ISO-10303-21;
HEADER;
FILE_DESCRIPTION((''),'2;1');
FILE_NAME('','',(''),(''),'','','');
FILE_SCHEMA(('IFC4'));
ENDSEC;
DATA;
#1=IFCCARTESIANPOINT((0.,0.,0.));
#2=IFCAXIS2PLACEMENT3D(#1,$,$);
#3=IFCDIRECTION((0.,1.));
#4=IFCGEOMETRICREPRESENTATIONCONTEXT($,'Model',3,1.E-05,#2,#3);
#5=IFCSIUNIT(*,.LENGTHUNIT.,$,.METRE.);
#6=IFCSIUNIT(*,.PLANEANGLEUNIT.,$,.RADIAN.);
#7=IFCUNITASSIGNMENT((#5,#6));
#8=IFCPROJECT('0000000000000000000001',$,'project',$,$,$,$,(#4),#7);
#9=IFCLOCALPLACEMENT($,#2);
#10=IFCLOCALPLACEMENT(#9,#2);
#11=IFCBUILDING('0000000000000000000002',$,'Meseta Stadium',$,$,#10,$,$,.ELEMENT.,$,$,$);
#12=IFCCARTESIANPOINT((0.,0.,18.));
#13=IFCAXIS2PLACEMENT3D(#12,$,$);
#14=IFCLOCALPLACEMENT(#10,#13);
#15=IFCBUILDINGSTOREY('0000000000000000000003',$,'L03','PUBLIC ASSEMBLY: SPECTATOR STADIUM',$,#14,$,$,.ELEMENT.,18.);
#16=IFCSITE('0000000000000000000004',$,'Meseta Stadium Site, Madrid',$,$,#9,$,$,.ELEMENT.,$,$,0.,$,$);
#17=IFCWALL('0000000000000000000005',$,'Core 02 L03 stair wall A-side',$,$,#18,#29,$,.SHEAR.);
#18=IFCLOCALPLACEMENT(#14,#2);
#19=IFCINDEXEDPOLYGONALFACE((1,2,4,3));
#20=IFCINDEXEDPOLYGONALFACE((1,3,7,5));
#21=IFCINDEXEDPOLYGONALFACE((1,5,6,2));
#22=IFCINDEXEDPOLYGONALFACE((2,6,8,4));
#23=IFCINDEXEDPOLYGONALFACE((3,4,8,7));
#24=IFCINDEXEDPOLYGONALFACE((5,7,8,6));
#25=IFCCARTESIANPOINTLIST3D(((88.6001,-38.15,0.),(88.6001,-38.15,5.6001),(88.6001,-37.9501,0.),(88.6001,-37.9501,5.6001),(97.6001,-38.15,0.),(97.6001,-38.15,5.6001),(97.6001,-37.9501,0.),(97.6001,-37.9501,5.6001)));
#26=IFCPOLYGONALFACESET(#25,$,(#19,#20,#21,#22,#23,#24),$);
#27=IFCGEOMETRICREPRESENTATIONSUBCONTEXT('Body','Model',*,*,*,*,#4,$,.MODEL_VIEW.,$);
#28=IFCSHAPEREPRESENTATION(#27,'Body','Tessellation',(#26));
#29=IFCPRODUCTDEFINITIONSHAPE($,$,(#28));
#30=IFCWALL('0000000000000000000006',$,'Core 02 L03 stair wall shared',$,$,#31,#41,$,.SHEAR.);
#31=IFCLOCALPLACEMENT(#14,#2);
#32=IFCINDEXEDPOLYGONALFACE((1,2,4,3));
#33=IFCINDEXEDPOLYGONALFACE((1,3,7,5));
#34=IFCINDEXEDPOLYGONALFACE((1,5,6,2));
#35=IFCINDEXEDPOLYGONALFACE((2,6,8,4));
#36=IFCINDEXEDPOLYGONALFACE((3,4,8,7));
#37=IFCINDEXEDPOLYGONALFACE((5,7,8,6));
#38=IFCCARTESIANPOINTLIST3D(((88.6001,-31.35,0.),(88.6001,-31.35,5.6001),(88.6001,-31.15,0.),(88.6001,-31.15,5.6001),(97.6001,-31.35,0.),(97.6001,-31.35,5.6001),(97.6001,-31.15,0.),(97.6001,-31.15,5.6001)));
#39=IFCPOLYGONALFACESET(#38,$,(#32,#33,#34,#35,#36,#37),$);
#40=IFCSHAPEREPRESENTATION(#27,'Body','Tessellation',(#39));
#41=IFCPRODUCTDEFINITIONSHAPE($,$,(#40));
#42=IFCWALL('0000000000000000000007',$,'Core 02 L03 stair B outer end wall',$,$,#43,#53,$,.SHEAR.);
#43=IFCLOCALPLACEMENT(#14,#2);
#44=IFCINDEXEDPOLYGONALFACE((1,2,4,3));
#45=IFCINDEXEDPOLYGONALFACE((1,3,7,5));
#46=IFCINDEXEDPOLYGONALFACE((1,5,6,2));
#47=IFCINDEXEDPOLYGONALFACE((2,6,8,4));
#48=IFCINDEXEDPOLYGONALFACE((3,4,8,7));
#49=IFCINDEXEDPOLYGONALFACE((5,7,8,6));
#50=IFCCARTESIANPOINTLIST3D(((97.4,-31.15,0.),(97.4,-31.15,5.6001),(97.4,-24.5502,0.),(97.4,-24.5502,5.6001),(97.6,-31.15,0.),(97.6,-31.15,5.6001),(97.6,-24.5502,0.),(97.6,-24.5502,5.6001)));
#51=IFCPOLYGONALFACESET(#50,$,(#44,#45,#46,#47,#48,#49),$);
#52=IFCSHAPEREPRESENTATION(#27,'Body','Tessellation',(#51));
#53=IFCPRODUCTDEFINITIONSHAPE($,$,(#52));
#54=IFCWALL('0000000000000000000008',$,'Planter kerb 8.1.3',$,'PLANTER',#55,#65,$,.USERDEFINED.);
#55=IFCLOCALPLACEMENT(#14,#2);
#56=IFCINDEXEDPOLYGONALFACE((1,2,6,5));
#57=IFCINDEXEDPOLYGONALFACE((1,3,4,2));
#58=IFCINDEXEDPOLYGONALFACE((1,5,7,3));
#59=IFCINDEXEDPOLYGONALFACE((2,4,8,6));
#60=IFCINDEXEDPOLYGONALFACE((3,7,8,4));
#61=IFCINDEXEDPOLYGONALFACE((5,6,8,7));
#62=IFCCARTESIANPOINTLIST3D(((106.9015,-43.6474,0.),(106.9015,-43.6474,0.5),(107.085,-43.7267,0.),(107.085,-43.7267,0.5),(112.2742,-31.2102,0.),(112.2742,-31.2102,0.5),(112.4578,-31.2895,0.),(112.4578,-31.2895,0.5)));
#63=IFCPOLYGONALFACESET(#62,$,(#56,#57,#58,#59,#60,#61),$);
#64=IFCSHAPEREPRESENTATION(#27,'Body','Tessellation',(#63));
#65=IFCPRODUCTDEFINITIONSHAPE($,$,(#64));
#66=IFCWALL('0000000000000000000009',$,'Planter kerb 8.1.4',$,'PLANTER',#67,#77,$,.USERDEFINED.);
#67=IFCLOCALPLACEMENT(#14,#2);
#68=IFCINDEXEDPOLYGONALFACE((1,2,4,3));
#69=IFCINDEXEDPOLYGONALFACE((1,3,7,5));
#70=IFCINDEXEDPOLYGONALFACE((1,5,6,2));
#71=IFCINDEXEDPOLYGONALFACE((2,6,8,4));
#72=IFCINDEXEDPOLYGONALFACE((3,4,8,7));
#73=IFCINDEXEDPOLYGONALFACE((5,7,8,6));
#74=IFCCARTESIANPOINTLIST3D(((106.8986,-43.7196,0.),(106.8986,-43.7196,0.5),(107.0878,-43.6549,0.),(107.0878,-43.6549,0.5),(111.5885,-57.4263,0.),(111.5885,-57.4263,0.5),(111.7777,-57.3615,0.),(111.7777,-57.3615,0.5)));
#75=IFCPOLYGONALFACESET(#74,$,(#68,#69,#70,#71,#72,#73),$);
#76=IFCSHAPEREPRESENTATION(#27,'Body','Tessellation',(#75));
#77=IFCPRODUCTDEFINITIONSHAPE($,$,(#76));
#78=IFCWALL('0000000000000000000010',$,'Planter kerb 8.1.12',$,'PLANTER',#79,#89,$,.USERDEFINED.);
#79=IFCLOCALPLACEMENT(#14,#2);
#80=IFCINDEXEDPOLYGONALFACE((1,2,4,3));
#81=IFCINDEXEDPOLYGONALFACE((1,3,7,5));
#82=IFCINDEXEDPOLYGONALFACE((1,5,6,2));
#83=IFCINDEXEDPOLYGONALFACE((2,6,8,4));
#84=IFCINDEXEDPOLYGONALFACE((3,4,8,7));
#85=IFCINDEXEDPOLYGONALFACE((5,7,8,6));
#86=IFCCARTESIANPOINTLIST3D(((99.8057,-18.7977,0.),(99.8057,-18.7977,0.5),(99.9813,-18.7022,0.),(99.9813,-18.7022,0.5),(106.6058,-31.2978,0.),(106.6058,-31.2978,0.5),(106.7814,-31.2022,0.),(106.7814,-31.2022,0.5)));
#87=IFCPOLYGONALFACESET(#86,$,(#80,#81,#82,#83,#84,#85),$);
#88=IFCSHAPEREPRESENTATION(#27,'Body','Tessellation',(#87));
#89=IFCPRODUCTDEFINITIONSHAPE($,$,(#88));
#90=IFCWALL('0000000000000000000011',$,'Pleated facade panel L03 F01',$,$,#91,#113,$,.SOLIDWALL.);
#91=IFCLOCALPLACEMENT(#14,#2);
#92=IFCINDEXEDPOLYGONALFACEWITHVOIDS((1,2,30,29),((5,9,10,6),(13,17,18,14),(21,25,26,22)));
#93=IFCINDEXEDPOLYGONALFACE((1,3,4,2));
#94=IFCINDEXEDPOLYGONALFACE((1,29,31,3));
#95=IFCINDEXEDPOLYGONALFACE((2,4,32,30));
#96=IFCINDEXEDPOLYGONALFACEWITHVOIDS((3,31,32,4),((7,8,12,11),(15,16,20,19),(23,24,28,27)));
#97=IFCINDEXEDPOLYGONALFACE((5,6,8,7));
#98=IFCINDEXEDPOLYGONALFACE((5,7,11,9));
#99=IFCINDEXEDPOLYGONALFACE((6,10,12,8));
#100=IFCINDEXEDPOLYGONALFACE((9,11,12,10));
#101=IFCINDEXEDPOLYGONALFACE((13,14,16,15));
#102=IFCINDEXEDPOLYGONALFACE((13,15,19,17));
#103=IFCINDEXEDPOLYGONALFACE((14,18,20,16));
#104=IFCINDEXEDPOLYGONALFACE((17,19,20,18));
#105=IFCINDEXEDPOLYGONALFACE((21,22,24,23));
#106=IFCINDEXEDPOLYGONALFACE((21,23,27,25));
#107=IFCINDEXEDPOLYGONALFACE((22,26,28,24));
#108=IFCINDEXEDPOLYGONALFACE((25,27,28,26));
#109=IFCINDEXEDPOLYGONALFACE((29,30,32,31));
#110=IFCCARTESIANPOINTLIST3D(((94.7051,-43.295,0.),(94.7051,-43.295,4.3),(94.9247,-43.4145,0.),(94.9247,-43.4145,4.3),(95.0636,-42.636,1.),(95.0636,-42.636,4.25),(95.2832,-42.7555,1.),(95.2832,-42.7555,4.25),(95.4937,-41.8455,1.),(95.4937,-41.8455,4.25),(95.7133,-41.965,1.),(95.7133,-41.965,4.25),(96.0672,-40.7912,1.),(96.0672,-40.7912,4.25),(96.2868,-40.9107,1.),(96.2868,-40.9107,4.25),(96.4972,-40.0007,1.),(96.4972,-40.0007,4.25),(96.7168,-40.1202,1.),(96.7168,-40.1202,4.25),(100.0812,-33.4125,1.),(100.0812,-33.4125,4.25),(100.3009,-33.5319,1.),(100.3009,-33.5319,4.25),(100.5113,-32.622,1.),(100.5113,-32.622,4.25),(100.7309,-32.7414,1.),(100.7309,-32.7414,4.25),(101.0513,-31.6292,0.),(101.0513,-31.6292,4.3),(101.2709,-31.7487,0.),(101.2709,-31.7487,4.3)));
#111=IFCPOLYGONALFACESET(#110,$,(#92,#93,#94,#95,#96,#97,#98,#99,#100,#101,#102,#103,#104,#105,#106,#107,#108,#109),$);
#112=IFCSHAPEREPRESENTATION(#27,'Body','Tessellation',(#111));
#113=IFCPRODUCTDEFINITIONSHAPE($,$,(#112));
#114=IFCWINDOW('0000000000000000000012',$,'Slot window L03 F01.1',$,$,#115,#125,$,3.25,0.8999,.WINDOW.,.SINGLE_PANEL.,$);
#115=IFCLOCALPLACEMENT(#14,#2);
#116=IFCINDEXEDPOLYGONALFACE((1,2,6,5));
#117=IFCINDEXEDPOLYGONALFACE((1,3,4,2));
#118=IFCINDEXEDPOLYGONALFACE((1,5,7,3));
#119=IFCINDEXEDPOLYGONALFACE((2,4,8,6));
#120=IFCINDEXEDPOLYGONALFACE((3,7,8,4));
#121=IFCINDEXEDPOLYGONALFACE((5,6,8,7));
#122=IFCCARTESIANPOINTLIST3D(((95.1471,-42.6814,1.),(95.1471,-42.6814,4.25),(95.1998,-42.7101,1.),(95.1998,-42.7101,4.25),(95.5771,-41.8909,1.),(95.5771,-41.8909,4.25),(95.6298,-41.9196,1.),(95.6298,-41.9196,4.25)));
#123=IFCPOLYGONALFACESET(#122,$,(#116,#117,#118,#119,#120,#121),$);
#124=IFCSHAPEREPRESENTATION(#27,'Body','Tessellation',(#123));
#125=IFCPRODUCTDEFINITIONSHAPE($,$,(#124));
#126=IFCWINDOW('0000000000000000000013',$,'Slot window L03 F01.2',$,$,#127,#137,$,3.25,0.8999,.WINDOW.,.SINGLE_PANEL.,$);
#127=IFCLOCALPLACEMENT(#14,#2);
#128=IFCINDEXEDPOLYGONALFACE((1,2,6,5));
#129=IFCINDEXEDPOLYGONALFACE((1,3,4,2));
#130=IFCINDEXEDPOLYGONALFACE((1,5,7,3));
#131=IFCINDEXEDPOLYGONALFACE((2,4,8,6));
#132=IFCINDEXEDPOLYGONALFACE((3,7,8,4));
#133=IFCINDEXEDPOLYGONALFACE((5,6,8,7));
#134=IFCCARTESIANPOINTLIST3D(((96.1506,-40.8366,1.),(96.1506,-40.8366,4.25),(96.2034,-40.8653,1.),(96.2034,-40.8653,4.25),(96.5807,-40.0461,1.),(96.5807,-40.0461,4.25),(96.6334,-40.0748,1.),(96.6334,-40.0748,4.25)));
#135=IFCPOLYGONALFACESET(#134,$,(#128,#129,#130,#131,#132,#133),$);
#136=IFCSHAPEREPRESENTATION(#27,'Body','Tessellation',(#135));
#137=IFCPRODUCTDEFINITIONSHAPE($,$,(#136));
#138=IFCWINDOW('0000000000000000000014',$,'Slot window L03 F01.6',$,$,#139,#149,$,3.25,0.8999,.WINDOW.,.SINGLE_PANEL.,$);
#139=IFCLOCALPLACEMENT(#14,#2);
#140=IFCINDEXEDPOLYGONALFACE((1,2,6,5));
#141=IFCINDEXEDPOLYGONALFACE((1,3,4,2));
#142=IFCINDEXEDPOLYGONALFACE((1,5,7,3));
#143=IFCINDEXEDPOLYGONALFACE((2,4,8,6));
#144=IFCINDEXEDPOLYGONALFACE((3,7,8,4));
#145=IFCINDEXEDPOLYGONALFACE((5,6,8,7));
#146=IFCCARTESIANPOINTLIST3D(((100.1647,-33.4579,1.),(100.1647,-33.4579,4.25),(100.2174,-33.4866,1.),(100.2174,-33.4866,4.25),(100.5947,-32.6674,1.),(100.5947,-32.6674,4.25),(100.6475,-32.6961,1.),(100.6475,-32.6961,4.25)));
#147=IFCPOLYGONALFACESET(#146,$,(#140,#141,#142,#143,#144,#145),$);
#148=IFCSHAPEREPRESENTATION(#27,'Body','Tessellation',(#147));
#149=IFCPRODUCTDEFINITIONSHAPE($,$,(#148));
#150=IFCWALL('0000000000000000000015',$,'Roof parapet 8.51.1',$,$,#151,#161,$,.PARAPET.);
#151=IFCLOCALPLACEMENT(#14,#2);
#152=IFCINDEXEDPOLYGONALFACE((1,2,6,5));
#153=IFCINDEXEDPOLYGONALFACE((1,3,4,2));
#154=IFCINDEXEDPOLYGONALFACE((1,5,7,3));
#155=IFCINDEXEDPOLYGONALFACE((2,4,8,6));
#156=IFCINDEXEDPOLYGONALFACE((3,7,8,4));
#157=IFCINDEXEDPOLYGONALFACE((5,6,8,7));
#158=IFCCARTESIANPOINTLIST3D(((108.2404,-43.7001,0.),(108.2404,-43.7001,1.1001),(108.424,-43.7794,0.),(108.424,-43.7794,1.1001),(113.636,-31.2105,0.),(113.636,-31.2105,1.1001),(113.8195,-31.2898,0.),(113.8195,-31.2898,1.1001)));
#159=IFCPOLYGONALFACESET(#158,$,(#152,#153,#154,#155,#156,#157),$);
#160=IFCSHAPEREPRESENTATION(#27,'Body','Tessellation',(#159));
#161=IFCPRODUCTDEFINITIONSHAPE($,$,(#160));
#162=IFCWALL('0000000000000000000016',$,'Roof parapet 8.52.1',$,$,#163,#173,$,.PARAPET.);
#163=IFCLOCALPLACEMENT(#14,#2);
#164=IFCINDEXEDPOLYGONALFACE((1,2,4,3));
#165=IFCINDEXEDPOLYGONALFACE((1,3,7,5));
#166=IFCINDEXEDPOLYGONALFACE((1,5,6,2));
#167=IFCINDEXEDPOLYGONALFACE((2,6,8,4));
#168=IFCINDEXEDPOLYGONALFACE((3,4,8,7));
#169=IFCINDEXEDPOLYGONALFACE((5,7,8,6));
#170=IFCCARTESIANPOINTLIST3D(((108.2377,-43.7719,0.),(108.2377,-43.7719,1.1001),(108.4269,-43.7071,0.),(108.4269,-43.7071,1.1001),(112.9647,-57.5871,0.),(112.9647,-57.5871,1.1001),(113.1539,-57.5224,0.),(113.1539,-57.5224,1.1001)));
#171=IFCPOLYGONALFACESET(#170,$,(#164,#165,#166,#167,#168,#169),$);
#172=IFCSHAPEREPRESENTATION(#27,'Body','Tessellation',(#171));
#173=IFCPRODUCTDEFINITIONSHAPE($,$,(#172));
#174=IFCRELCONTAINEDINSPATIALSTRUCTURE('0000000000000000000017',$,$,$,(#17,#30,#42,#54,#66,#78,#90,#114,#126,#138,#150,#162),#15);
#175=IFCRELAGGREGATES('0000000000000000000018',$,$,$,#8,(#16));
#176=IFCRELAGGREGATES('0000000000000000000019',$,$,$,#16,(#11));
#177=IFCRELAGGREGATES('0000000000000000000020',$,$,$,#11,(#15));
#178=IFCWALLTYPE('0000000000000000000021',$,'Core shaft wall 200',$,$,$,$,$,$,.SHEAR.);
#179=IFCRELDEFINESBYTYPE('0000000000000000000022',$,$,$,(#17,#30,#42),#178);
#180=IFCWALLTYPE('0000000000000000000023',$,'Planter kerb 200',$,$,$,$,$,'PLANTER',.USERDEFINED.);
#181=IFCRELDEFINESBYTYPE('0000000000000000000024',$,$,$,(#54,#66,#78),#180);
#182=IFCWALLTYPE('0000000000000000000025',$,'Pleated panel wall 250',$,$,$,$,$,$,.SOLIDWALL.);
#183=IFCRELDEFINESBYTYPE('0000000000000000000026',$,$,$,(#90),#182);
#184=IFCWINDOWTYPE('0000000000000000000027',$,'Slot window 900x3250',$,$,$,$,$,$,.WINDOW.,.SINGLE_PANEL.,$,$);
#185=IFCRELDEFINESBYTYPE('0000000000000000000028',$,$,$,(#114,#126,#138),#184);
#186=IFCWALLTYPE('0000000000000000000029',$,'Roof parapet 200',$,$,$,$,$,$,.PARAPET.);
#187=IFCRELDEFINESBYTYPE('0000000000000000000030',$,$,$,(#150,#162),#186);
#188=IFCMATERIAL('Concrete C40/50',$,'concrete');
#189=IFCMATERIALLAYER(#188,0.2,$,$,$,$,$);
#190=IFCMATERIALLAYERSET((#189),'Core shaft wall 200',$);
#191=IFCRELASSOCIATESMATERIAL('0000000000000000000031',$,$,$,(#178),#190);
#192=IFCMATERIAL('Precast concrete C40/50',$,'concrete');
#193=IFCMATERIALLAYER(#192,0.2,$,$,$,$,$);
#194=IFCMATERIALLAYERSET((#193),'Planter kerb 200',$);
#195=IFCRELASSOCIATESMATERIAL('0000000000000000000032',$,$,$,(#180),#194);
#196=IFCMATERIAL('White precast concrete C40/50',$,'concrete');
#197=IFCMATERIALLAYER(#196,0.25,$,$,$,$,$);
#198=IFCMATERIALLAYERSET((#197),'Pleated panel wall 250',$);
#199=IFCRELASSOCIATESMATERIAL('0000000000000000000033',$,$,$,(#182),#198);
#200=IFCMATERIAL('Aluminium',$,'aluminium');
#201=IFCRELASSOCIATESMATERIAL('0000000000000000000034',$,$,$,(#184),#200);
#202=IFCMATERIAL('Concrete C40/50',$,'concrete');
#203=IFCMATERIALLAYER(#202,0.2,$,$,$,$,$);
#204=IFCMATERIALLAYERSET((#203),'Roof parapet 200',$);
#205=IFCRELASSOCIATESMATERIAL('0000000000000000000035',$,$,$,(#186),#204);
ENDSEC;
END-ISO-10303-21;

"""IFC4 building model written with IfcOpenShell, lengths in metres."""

from ifc_helpers import new_model, si_unit, direction, frame, frame_2d, origin, place, context, subcontext, project, spatial, rectangle, extrude, material, layer, layer_set, type_object, element, fill, save


model = new_model("IFC4")

# Units and contexts
model_context = context("Model", 3, precision=1e-05, world=origin(), true_north=direction((0.0, 1.0)))
body_context = subcontext(model_context, "Body", "Model", "MODEL_VIEW")
ifc_project = project(units=[si_unit("LENGTHUNIT", "METRE"), si_unit("PLANEANGLEUNIT", "RADIAN")], contexts=[model_context])

# Site, building, storey
site_placement = place(None, origin())
site = spatial("IfcSite", under=ifc_project, at=site_placement, Name="Meseta Stadium Site, Madrid", CompositionType="ELEMENT", RefElevation=0.0)
building_placement = place(site_placement, origin())
building = spatial("IfcBuilding", under=site, at=building_placement, Name="Meseta Stadium", CompositionType="ELEMENT")
storey_placement = place(building_placement, frame((0.0, 0.0, 18.0)))
storey = spatial("IfcBuildingStorey", under=building, at=storey_placement, Name="L03", Description="PUBLIC ASSEMBLY: SPECTATOR STADIUM", CompositionType="ELEMENT", Elevation=18.0)

# Walls
ifc_material_1 = material(Name="Concrete C40/50", Category="concrete")
ifc_layer_1 = layer(ifc_material_1, 0.2)
ifc_layer_set_1 = layer_set([ifc_layer_1], Name="Core shaft wall 200")
wall_type_1 = type_object("IfcWallType", Name="Core shaft wall 200", PredefinedType="SHEAR", material=ifc_layer_set_1)
for number, where, z_axis, x_axis, name in (
    (1, (97.6001, -38.05, 0.0), (0.0, 0.0, 1.0), (-1.0, 0.0, 0.0), "Core 02 L03 stair wall A-side"),
    (2, (97.6001, -31.25, 0.0), (0.0, 0.0, 1.0), (-1.0, 0.0, 0.0), "Core 02 L03 stair wall shared"),
):
    element("IfcWall", number, at=place(storey_placement, frame(where, z_axis=z_axis, x_axis=x_axis)), inside=storey, type_object=wall_type_1, Name=name, PredefinedType="SHEAR", context=body_context, shape_type="SweptSolid", body=[
        extrude(rectangle(XDim=9.0, YDim=0.2, at=frame_2d((4.5, 0.0))), origin(), (0.0, 0.0, 1.0), 5.6001),
    ])
wall_1_placement = place(storey_placement, frame((97.5, -31.1499, 0.0), z_axis=(0.0, 0.0, 1.0), x_axis=(0.0, 1.0, 0.0)))
element("IfcWall", 3, at=wall_1_placement, inside=storey, type_object=wall_type_1, Name="Core 02 L03 stair B outer end wall", PredefinedType="SHEAR", context=body_context, shape_type="SweptSolid", body=[
    extrude(rectangle(XDim=6.5999, YDim=0.2, at=frame_2d((3.2998, 0.0))), origin(), (0.0, 0.0, 1.0), 5.6001),
])
ifc_material_2 = material(Name="Precast concrete C40/50", Category="concrete")
ifc_layer_2 = layer(ifc_material_2, 0.2)
ifc_layer_set_2 = layer_set([ifc_layer_2], Name="Planter kerb 200")
wall_type_2 = type_object("IfcWallType", Name="Planter kerb 200", ElementType="PLANTER", PredefinedType="USERDEFINED", material=ifc_layer_set_2)
wall_2_placement = place(storey_placement, frame((112.366, -31.25, 0.0), z_axis=(0.0, 0.0, 1.0), x_axis=(-0.396571, -0.918004, 0.0)))
element("IfcWall", 4, at=wall_2_placement, inside=storey, type_object=wall_type_2, Name="Planter kerb 8.1.3", ObjectType="PLANTER", PredefinedType="USERDEFINED", context=body_context, shape_type="SweptSolid", body=[
    extrude(rectangle(XDim=13.5481, YDim=0.2, at=frame_2d((6.7739, 0.0))), origin(), (0.0, 0.0, 1.0), 0.5),
])
wall_3_placement = place(storey_placement, frame((106.9932, -43.6873, 0.0), z_axis=(0.0, 0.0, 1.0), x_axis=(0.323741, -0.946146, 0.0)))
element("IfcWall", 5, at=wall_3_placement, inside=storey, type_object=wall_type_2, Name="Planter kerb 8.1.4", ObjectType="PLANTER", PredefinedType="USERDEFINED", context=body_context, shape_type="SweptSolid", body=[
    extrude(rectangle(XDim=14.4868, YDim=0.2, at=frame_2d((7.2434, 0.0))), origin(), (0.0, 0.0, 1.0), 0.5),
])
wall_4_placement = place(storey_placement, frame((106.6936, -31.25, 0.0), z_axis=(0.0, 0.0, 1.0), x_axis=(-0.47787, 0.878431, 0.0)))
element("IfcWall", 6, at=wall_4_placement, inside=storey, type_object=wall_type_2, Name="Planter kerb 8.1.12", ObjectType="PLANTER", PredefinedType="USERDEFINED", context=body_context, shape_type="SweptSolid", body=[
    extrude(rectangle(XDim=14.23, YDim=0.2, at=frame_2d((7.115, 0.0))), origin(), (0.0, 0.0, 1.0), 0.5),
])

# Wall, openings, windows
ifc_material_3 = material(Name="White precast concrete C40/50", Category="concrete")
ifc_layer_3 = layer(ifc_material_3, 0.25)
ifc_layer_set_3 = layer_set([ifc_layer_3], Name="Pleated panel wall 250")
wall_type_3 = type_object("IfcWallType", Name="Pleated panel wall 250", PredefinedType="SOLIDWALL", material=ifc_layer_set_3)
wall_5_placement = place(storey_placement, frame((101.1611, -31.689, 0.0), z_axis=(0.0, 0.0, 1.0), x_axis=(-0.477868, -0.878432, 0.0)))
wall_5 = element("IfcWall", 7, at=wall_5_placement, inside=storey, type_object=wall_type_3, Name="Pleated facade panel L03 F01", PredefinedType="SOLIDWALL", context=body_context, shape_type="SweptSolid", body=[
    extrude(rectangle(XDim=13.2803, YDim=0.25, at=frame_2d((6.6401, 0.0))), origin(), (0.0, 0.0, 1.0), 4.3),
])
opening_1_placement = place(wall_5_placement, frame((11.6301, 0.0, 1.0)))
opening_1 = element("IfcOpeningElement", 8, at=opening_1_placement, cuts=wall_5, PredefinedType="OPENING", context=body_context, shape_type="SweptSolid", body=[
    extrude(rectangle(XDim=0.8999, YDim=3.25, at=frame_2d((0.45, 1.625))), frame((0.0, 0.135, 0.0), z_axis=(0.0, -1.0, 0.0), x_axis=(1.0, 0.0, 0.0)), (0.0, 0.0, 1.0), 0.27),
])
opening_2_placement = place(wall_5_placement, frame((9.53, 0.0, 1.0)))
opening_2 = element("IfcOpeningElement", 9, at=opening_2_placement, cuts=wall_5, PredefinedType="OPENING", context=body_context, shape_type="SweptSolid", body=[
    extrude(rectangle(XDim=0.8999, YDim=3.25, at=frame_2d((0.45, 1.625))), frame((0.0, 0.135, 0.0), z_axis=(0.0, -1.0, 0.0), x_axis=(1.0, 0.0, 0.0)), (0.0, 0.0, 1.0), 0.27),
])
opening_3_placement = place(wall_5_placement, frame((1.1301, 0.0, 1.0)))
opening_3 = element("IfcOpeningElement", 10, at=opening_3_placement, cuts=wall_5, PredefinedType="OPENING", context=body_context, shape_type="SweptSolid", body=[
    extrude(rectangle(XDim=0.8999, YDim=3.25, at=frame_2d((0.45, 1.625))), frame((0.0, 0.135, 0.0), z_axis=(0.0, -1.0, 0.0), x_axis=(1.0, 0.0, 0.0)), (0.0, 0.0, 1.0), 0.27),
])
ifc_material_4 = material(Name="Aluminium", Category="aluminium")
window_type = type_object("IfcWindowType", Name="Slot window 900x3250", PartitioningType="SINGLE_PANEL", PredefinedType="WINDOW", material=ifc_material_4)
window_1_placement = place(opening_1_placement, origin())
window_1 = element("IfcWindow", 11, at=window_1_placement, inside=storey, type_object=window_type, Name="Slot window L03 F01.1", OverallHeight=3.25, OverallWidth=0.8999, PartitioningType="SINGLE_PANEL", PredefinedType="WINDOW", context=body_context, shape_type="SweptSolid", body=[
    extrude(rectangle(XDim=0.8999, YDim=3.25, at=frame_2d((0.45, 1.625))), frame((0.0, 0.03, 0.0), z_axis=(0.0, -1.0, 0.0), x_axis=(1.0, 0.0, 0.0)), (0.0, 0.0, 1.0), 0.0601),
])
fill(opening_1, window_1)
window_2_placement = place(opening_2_placement, origin())
window_2 = element("IfcWindow", 12, at=window_2_placement, inside=storey, type_object=window_type, Name="Slot window L03 F01.2", OverallHeight=3.25, OverallWidth=0.8999, PartitioningType="SINGLE_PANEL", PredefinedType="WINDOW", context=body_context, shape_type="SweptSolid", body=[
    extrude(rectangle(XDim=0.8999, YDim=3.25, at=frame_2d((0.45, 1.625))), frame((0.0, 0.03, 0.0), z_axis=(0.0, -1.0, 0.0), x_axis=(1.0, 0.0, 0.0)), (0.0, 0.0, 1.0), 0.0601),
])
fill(opening_2, window_2)
window_3_placement = place(opening_3_placement, origin())
window_3 = element("IfcWindow", 13, at=window_3_placement, inside=storey, type_object=window_type, Name="Slot window L03 F01.6", OverallHeight=3.25, OverallWidth=0.8999, PartitioningType="SINGLE_PANEL", PredefinedType="WINDOW", context=body_context, shape_type="SweptSolid", body=[
    extrude(rectangle(XDim=0.8999, YDim=3.25, at=frame_2d((0.45, 1.625))), frame((0.0, 0.03, 0.0), z_axis=(0.0, -1.0, 0.0), x_axis=(1.0, 0.0, 0.0)), (0.0, 0.0, 1.0), 0.0601),
])
fill(opening_3, window_3)

# Walls
ifc_material_5 = material(Name="Concrete C40/50", Category="concrete")
ifc_layer_4 = layer(ifc_material_5, 0.2)
ifc_layer_set_4 = layer_set([ifc_layer_4], Name="Roof parapet 200")
wall_type_4 = type_object("IfcWallType", Name="Roof parapet 200", PredefinedType="PARAPET", material=ifc_layer_set_4)
wall_6_placement = place(storey_placement, frame((113.7278, -31.25, 0.0), z_axis=(0.0, 0.0, 1.0), x_axis=(-0.396579, -0.918, 0.0)))
element("IfcWall", 14, at=wall_6_placement, inside=storey, type_object=wall_type_4, Name="Roof parapet 8.51.1", PredefinedType="PARAPET", context=body_context, shape_type="SweptSolid", body=[
    extrude(rectangle(XDim=13.6052, YDim=0.2, at=frame_2d((6.8027, 0.0))), origin(), (0.0, 0.0, 1.0), 1.1001),
])
wall_7_placement = place(storey_placement, frame((108.3323, -43.7395, 0.0), z_axis=(0.0, 0.0, 1.0), x_axis=(0.323737, -0.946147, 0.0)))
element("IfcWall", 15, at=wall_7_placement, inside=storey, type_object=wall_type_4, Name="Roof parapet 8.52.1", PredefinedType="PARAPET", context=body_context, shape_type="SweptSolid", body=[
    extrude(rectangle(XDim=14.6016, YDim=0.2, at=frame_2d((7.3008, 0.0))), origin(), (0.0, 0.0, 1.0), 1.1001),
])

save(model, "model.ifc")
